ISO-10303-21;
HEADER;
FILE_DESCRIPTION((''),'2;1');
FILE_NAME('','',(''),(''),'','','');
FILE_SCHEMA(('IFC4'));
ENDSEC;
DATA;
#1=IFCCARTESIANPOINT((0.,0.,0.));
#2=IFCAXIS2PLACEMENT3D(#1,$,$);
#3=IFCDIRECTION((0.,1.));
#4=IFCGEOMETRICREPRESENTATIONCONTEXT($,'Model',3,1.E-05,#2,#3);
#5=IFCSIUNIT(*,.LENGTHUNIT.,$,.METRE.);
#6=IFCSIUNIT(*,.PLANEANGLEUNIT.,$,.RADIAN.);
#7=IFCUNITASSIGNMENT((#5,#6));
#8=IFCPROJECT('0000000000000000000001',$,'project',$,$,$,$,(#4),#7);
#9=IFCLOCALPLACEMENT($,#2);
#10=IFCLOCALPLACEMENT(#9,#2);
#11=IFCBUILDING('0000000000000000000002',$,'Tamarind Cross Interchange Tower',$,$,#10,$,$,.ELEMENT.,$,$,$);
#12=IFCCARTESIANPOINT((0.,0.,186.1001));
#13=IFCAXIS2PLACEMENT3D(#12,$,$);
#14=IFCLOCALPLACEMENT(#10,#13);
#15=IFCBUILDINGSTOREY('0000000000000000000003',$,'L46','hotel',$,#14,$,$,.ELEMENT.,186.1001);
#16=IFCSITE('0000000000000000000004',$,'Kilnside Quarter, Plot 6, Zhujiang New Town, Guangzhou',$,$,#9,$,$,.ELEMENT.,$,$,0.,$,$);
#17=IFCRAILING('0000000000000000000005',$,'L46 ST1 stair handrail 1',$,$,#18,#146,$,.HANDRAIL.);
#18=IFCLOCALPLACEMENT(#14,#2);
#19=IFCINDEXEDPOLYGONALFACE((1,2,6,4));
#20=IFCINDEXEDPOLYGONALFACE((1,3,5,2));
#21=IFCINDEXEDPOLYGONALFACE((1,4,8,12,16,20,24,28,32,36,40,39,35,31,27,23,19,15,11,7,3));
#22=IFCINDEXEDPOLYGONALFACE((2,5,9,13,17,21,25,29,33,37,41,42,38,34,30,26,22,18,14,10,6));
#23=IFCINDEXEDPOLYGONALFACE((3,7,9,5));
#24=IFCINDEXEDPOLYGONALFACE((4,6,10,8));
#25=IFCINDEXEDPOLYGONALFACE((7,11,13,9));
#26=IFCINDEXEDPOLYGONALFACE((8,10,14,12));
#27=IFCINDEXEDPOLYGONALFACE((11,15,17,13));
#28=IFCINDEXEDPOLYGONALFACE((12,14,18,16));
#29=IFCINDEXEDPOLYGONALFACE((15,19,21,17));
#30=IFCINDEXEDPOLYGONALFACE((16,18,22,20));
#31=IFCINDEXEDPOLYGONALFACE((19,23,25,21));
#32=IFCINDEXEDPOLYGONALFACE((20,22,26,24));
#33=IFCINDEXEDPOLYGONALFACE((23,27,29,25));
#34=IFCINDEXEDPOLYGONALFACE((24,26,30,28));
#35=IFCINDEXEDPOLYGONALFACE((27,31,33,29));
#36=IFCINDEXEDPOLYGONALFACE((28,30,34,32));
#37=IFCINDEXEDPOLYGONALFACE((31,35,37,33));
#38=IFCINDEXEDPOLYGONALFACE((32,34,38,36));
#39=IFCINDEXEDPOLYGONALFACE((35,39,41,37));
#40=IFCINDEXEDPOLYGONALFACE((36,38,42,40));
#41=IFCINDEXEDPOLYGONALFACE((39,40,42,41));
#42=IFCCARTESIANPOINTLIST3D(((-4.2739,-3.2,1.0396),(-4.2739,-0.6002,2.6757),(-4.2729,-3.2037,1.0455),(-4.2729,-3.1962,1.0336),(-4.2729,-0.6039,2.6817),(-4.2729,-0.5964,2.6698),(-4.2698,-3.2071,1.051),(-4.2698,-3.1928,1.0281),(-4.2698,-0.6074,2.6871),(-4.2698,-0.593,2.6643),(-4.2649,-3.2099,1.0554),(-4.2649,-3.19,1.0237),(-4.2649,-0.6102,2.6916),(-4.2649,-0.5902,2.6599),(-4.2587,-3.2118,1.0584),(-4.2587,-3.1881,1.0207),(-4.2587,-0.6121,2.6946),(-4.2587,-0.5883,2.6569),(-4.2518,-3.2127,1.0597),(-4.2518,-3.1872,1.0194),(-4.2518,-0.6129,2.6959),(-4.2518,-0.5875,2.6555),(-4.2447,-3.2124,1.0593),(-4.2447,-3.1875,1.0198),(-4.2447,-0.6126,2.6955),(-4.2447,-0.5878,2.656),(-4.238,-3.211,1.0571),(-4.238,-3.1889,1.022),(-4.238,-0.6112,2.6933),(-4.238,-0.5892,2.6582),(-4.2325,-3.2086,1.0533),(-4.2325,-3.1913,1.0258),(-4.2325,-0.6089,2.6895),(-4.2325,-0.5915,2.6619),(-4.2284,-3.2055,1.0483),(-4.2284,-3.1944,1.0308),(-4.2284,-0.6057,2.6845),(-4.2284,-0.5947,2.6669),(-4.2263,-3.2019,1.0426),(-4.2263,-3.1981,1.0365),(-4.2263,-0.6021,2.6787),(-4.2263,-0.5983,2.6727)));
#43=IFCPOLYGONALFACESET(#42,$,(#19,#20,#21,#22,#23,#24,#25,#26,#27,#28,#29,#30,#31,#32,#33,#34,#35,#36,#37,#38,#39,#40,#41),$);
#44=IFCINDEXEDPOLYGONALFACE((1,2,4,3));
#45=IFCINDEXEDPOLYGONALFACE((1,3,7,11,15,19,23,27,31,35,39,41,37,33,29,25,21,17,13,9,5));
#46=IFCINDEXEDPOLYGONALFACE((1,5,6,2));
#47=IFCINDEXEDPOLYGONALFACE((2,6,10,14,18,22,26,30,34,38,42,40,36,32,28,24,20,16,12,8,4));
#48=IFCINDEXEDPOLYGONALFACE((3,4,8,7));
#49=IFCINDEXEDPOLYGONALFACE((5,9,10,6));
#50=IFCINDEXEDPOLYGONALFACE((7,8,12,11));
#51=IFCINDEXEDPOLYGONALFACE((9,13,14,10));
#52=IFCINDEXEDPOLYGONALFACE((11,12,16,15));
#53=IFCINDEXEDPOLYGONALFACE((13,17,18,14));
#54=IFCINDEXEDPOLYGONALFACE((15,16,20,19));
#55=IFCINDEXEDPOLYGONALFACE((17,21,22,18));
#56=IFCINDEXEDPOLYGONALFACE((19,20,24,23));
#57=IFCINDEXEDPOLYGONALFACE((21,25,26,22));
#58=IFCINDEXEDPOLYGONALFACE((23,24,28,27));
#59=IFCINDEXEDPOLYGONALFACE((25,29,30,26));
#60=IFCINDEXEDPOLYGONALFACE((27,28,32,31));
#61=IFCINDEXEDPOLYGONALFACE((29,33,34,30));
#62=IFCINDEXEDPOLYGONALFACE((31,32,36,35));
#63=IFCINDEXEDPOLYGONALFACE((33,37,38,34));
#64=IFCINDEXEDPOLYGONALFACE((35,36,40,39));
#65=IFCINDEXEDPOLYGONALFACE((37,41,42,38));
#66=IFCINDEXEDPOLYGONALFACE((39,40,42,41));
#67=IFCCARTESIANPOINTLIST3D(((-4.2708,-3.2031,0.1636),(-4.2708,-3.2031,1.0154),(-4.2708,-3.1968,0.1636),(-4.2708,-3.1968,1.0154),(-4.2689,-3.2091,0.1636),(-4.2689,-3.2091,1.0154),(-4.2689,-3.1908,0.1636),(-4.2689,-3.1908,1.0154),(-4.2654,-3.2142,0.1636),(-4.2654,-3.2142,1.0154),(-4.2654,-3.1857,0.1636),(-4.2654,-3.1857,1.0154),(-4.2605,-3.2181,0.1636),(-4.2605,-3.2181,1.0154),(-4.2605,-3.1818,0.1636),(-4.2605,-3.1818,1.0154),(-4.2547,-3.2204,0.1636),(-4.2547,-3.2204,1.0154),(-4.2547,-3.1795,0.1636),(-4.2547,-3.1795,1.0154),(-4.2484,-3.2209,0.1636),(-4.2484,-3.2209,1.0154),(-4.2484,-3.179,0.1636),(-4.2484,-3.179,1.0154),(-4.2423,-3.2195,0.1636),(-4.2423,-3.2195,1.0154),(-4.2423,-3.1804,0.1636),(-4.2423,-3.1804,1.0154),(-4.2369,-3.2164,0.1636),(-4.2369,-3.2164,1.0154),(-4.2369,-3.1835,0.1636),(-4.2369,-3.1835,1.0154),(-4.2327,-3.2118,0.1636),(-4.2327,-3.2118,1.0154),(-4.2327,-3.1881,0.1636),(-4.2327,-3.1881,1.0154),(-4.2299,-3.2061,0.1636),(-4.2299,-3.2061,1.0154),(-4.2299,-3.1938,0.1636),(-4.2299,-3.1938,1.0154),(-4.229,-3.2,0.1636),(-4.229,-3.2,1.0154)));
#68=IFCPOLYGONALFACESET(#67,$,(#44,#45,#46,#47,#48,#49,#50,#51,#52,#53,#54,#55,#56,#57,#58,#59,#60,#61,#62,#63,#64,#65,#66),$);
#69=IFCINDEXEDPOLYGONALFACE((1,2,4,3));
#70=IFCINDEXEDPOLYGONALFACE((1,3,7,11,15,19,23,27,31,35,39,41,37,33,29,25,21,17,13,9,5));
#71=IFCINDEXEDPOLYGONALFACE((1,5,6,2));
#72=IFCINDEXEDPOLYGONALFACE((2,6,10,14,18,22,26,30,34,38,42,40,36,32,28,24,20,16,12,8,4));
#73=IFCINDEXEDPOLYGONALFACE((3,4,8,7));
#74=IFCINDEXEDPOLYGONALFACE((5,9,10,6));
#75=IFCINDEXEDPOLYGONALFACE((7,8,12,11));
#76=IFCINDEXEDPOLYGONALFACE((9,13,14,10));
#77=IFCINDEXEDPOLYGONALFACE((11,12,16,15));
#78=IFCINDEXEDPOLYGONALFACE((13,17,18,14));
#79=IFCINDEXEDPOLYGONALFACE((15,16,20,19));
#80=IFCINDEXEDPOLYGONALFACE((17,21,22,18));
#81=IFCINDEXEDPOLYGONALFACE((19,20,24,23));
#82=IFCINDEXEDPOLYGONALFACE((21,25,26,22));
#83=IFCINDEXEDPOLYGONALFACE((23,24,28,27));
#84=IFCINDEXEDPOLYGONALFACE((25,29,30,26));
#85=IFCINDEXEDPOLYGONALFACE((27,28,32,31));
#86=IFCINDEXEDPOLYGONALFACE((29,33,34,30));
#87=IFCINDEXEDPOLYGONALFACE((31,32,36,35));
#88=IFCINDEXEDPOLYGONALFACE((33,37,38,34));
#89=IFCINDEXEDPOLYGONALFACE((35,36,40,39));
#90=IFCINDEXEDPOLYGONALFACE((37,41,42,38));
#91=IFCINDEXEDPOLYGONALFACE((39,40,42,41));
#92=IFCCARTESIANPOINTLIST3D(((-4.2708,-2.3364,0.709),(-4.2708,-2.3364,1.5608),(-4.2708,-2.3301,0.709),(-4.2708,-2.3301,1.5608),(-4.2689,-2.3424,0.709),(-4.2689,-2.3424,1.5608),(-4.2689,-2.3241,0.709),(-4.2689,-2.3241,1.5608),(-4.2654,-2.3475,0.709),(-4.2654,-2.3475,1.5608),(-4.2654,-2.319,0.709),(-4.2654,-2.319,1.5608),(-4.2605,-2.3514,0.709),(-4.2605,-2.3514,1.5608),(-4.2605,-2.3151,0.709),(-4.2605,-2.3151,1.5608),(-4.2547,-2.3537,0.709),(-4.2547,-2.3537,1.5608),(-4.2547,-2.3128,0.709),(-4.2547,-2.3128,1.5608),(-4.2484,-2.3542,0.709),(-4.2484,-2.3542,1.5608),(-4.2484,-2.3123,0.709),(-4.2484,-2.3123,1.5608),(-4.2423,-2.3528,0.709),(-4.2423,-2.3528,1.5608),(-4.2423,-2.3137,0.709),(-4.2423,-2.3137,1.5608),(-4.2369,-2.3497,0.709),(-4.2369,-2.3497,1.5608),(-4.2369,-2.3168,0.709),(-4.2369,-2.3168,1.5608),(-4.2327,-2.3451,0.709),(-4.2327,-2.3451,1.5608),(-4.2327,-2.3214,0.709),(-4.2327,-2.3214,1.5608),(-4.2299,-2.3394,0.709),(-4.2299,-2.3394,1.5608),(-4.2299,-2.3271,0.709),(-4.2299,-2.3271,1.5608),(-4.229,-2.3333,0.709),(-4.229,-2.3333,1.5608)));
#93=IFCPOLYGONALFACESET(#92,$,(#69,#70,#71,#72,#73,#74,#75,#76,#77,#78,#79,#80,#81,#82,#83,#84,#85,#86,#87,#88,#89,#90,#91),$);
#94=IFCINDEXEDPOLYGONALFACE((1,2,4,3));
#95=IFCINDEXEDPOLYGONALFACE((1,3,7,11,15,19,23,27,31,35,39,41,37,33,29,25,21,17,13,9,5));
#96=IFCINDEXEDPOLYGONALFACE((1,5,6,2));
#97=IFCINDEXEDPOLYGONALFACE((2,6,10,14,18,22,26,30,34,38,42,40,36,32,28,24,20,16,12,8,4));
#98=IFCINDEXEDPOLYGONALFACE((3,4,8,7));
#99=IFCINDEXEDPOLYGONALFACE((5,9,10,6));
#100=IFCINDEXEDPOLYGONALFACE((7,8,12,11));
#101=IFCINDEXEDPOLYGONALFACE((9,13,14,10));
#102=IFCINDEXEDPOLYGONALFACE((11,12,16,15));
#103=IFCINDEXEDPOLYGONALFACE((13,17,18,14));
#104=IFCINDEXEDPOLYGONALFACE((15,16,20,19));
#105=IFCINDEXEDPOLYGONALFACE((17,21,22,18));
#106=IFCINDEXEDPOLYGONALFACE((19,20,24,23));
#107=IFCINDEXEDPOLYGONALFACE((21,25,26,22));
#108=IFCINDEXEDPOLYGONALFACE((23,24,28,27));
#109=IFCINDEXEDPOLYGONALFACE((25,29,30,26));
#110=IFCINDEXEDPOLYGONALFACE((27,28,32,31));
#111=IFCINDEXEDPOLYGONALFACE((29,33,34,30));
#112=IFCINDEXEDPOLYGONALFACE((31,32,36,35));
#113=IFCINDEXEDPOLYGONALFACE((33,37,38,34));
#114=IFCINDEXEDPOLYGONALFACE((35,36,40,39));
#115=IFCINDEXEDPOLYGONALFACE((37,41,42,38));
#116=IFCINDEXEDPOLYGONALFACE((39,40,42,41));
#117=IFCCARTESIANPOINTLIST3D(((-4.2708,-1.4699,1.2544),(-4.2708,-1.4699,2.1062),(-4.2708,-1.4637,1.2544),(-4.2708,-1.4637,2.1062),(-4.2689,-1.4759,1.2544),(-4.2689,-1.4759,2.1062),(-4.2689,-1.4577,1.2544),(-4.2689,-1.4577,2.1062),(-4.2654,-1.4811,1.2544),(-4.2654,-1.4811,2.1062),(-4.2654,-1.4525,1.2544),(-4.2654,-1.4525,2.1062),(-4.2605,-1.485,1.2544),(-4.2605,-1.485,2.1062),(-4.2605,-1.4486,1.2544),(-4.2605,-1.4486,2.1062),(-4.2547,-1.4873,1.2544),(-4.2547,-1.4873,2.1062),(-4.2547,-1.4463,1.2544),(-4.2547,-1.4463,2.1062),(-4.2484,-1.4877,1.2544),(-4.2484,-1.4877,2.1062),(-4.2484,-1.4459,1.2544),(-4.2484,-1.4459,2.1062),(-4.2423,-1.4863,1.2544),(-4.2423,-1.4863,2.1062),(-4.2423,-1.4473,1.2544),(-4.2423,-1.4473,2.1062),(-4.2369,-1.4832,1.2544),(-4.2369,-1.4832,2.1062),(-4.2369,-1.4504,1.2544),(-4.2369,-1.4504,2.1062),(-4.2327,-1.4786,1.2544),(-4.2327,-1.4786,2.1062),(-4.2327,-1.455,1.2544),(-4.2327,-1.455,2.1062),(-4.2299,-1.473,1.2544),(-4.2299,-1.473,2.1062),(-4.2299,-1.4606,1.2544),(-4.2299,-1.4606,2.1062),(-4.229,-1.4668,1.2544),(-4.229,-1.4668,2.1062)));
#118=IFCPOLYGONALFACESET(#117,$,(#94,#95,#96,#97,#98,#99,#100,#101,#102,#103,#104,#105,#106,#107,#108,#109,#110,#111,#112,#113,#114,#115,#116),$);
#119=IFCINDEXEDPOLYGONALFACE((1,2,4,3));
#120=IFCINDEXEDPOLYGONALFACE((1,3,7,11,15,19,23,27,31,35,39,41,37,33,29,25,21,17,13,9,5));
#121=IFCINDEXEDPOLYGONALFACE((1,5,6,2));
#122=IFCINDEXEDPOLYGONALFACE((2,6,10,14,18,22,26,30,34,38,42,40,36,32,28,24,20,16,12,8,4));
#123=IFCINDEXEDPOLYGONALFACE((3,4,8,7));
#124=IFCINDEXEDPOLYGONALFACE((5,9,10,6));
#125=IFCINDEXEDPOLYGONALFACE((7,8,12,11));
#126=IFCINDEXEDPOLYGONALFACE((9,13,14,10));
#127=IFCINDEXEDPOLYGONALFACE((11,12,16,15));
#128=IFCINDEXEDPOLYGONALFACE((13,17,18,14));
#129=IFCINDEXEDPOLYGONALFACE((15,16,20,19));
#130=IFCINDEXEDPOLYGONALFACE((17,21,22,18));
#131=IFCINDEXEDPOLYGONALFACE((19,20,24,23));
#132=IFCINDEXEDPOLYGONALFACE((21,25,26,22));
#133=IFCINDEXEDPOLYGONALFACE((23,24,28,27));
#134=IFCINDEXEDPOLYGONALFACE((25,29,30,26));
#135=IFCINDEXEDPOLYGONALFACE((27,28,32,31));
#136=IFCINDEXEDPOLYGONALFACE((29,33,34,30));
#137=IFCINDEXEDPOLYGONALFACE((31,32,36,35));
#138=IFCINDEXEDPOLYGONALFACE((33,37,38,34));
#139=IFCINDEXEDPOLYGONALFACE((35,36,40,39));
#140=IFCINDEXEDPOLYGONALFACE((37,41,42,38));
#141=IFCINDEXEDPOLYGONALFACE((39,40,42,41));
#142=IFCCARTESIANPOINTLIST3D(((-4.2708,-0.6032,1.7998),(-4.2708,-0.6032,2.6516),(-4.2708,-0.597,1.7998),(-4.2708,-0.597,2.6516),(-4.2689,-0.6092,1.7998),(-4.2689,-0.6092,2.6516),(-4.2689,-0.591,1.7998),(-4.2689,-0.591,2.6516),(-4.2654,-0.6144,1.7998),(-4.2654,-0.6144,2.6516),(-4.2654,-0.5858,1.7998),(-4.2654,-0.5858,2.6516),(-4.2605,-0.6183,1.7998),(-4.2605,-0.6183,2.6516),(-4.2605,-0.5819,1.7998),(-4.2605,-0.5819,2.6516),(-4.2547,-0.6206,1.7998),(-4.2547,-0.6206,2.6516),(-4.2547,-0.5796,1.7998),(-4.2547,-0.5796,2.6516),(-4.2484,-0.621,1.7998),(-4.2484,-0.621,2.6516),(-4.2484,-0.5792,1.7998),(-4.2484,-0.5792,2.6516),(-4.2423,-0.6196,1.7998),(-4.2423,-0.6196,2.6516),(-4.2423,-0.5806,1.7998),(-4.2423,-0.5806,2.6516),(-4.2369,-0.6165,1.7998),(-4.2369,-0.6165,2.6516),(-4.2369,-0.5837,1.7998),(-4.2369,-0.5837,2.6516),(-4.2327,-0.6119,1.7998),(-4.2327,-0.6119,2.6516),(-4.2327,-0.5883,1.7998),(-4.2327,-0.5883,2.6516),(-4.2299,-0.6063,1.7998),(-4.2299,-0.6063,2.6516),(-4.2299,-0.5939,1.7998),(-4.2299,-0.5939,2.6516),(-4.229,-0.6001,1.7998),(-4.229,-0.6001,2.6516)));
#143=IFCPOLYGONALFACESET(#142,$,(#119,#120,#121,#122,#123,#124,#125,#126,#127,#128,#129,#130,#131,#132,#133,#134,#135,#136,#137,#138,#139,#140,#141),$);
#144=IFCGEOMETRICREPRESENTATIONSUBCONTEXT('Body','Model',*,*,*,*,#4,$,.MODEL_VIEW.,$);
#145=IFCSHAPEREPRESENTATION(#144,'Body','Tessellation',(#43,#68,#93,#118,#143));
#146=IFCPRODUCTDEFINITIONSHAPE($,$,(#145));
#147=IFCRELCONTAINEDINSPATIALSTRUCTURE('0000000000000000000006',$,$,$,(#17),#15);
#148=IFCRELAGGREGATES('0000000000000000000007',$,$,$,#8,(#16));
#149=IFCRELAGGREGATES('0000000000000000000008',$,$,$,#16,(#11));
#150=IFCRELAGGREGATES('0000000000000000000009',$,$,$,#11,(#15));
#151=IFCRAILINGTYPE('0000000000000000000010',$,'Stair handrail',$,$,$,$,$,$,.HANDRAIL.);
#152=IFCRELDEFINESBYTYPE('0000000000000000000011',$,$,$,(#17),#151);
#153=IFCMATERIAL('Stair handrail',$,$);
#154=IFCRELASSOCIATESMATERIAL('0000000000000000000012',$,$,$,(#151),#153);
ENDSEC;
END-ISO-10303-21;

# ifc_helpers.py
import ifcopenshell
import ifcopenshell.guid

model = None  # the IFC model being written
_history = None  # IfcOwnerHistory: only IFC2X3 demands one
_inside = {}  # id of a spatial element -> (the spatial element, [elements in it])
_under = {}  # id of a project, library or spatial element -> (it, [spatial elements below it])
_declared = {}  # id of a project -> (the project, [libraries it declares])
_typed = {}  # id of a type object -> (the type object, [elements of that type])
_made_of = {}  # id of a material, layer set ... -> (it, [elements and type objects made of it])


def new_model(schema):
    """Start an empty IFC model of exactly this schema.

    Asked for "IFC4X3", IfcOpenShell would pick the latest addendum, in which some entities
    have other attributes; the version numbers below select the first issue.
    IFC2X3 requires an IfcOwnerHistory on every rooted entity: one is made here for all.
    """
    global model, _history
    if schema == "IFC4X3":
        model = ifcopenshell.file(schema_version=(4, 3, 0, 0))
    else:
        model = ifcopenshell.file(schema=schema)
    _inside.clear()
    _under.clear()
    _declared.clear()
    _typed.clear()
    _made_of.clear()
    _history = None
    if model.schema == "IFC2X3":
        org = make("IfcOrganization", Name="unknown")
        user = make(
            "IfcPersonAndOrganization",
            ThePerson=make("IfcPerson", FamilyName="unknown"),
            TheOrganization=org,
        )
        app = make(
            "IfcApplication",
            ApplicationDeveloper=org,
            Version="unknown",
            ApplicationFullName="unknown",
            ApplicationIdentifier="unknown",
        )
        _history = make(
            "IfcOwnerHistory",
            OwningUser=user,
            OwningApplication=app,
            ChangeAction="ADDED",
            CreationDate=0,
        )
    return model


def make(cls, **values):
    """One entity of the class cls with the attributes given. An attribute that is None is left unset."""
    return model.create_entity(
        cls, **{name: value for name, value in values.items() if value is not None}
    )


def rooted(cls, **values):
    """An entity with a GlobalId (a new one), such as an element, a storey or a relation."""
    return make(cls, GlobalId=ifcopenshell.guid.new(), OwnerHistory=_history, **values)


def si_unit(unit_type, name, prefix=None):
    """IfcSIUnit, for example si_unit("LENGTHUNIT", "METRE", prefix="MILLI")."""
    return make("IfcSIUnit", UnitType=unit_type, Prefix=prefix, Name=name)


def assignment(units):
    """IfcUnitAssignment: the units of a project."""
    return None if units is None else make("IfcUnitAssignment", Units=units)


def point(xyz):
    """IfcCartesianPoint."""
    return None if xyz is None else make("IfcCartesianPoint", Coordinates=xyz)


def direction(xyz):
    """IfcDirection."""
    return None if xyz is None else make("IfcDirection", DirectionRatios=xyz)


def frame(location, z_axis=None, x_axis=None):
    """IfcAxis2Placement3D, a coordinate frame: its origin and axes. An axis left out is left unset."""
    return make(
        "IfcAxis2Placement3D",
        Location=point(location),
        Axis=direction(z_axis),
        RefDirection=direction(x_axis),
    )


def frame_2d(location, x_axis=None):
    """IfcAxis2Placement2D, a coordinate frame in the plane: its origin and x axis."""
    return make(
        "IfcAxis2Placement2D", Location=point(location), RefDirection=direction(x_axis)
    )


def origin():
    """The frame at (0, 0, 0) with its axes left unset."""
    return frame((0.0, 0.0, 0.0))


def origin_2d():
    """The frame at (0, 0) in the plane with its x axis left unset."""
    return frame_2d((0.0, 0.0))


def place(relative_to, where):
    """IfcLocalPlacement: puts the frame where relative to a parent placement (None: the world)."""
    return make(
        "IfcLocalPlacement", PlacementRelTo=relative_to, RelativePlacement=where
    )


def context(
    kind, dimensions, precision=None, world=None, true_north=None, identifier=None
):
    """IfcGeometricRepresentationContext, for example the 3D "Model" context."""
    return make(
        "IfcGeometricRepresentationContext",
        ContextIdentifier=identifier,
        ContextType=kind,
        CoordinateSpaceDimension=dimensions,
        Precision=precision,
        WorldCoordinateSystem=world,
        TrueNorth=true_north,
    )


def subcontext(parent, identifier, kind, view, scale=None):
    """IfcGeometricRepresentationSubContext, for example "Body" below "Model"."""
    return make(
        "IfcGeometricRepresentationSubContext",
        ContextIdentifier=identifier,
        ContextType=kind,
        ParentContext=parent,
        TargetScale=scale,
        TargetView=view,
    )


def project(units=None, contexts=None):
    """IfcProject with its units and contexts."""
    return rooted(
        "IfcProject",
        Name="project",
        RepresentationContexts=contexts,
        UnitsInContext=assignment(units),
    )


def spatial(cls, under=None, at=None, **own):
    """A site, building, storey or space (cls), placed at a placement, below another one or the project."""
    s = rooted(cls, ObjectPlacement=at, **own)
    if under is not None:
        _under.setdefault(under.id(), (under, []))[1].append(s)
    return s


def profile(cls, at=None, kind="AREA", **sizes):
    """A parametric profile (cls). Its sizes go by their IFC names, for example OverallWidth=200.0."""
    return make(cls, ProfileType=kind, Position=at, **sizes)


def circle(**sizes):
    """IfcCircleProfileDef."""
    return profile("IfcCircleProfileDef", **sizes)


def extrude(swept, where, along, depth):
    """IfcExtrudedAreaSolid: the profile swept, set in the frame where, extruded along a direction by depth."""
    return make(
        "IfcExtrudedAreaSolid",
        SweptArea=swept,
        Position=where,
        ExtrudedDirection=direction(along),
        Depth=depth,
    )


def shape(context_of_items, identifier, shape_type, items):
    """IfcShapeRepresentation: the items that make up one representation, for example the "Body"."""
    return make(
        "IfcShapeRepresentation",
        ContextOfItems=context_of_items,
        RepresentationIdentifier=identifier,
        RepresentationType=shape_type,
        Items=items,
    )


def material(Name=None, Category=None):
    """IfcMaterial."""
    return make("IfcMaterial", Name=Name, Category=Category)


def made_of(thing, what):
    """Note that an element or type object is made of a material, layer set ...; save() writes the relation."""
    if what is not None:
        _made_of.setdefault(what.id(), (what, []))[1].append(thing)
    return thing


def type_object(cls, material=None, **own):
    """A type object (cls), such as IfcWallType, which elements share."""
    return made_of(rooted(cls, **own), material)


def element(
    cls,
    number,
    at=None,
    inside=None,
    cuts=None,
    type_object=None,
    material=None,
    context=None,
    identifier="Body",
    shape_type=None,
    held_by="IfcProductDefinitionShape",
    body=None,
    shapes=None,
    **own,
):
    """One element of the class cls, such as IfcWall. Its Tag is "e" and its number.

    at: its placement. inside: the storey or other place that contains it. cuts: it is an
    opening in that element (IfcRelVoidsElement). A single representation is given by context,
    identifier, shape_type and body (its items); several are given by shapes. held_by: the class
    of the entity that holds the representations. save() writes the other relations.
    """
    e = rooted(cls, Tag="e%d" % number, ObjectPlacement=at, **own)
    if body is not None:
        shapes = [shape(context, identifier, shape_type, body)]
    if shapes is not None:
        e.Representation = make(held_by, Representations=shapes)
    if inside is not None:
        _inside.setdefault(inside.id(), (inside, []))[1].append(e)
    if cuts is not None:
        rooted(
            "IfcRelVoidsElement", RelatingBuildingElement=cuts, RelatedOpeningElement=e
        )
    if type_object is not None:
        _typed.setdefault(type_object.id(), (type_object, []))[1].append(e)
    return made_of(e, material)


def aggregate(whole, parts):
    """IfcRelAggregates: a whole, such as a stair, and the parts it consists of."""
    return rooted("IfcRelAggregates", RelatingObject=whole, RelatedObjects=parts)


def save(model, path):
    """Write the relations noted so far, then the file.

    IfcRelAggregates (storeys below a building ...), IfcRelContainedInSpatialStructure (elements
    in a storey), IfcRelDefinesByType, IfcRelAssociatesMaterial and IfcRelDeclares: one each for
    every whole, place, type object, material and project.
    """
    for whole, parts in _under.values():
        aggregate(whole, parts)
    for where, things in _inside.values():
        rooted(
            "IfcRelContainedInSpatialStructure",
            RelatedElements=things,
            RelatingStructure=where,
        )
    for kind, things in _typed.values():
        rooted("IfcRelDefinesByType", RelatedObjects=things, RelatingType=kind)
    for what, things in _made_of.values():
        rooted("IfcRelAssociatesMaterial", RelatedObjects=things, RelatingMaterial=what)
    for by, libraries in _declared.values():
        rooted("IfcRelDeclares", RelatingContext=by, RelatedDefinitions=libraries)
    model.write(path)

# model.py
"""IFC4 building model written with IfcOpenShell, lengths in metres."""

from ifc_helpers import new_model, si_unit, direction, frame, origin, origin_2d, place, context, subcontext, project, spatial, circle, extrude, material, type_object, element, save


model = new_model("IFC4")

# Units and contexts
model_context = context("Model", 3, precision=1e-05, world=origin(), true_north=direction((0.0, 1.0)))
body_context = subcontext(model_context, "Body", "Model", "MODEL_VIEW")
ifc_project = project(units=[si_unit("LENGTHUNIT", "METRE"), si_unit("PLANEANGLEUNIT", "RADIAN")], contexts=[model_context])

# Site, building, storey
site_placement = place(None, origin())
site = spatial("IfcSite", under=ifc_project, at=site_placement, Name="Kilnside Quarter, Plot 6, Zhujiang New Town, Guangzhou", CompositionType="ELEMENT", RefElevation=0.0)
building_placement = place(site_placement, origin())
building = spatial("IfcBuilding", under=site, at=building_placement, Name="Tamarind Cross Interchange Tower", CompositionType="ELEMENT")
storey_placement = place(building_placement, frame((0.0, 0.0, 186.1001)))
storey = spatial("IfcBuildingStorey", under=building, at=storey_placement, Name="L46", Description="hotel", CompositionType="ELEMENT", Elevation=186.1001)

# Railing
ifc_material_1 = material(Name="Stair handrail")
railing_type_1 = type_object("IfcRailingType", Name="Stair handrail", PredefinedType="HANDRAIL", material=ifc_material_1)
railing_1_placement = place(storey_placement, frame((-4.25, -3.2, 0.1636)))
element("IfcRailing", 1, at=railing_1_placement, inside=storey, type_object=railing_type_1, Name="L46 ST1 stair handrail 1", PredefinedType="HANDRAIL", context=body_context, shape_type="SweptSolid", body=[
    extrude(circle(Radius=0.0239, at=origin_2d()), frame((0.0, 0.0, 0.876), z_axis=(0.0, 0.846338, 0.532647), x_axis=(-1.0, 0.0, 0.0)), (0.0, 0.0, 1.0), 3.0718),
    extrude(circle(Radius=0.021, at=origin_2d()), origin(), (0.0, 0.0, 1.0), 0.8518),
    extrude(circle(Radius=0.021, at=origin_2d()), frame((0.0, 0.8667, 0.5454)), (0.0, 0.0, 1.0), 0.8518),
    extrude(circle(Radius=0.021, at=origin_2d()), frame((0.0, 1.7332, 1.0908)), (0.0, 0.0, 1.0), 0.8518),
    extrude(circle(Radius=0.021, at=origin_2d()), frame((0.0, 2.5999, 1.6362)), (0.0, 0.0, 1.0), 0.8518),
])

save(model, "model.ifc")
